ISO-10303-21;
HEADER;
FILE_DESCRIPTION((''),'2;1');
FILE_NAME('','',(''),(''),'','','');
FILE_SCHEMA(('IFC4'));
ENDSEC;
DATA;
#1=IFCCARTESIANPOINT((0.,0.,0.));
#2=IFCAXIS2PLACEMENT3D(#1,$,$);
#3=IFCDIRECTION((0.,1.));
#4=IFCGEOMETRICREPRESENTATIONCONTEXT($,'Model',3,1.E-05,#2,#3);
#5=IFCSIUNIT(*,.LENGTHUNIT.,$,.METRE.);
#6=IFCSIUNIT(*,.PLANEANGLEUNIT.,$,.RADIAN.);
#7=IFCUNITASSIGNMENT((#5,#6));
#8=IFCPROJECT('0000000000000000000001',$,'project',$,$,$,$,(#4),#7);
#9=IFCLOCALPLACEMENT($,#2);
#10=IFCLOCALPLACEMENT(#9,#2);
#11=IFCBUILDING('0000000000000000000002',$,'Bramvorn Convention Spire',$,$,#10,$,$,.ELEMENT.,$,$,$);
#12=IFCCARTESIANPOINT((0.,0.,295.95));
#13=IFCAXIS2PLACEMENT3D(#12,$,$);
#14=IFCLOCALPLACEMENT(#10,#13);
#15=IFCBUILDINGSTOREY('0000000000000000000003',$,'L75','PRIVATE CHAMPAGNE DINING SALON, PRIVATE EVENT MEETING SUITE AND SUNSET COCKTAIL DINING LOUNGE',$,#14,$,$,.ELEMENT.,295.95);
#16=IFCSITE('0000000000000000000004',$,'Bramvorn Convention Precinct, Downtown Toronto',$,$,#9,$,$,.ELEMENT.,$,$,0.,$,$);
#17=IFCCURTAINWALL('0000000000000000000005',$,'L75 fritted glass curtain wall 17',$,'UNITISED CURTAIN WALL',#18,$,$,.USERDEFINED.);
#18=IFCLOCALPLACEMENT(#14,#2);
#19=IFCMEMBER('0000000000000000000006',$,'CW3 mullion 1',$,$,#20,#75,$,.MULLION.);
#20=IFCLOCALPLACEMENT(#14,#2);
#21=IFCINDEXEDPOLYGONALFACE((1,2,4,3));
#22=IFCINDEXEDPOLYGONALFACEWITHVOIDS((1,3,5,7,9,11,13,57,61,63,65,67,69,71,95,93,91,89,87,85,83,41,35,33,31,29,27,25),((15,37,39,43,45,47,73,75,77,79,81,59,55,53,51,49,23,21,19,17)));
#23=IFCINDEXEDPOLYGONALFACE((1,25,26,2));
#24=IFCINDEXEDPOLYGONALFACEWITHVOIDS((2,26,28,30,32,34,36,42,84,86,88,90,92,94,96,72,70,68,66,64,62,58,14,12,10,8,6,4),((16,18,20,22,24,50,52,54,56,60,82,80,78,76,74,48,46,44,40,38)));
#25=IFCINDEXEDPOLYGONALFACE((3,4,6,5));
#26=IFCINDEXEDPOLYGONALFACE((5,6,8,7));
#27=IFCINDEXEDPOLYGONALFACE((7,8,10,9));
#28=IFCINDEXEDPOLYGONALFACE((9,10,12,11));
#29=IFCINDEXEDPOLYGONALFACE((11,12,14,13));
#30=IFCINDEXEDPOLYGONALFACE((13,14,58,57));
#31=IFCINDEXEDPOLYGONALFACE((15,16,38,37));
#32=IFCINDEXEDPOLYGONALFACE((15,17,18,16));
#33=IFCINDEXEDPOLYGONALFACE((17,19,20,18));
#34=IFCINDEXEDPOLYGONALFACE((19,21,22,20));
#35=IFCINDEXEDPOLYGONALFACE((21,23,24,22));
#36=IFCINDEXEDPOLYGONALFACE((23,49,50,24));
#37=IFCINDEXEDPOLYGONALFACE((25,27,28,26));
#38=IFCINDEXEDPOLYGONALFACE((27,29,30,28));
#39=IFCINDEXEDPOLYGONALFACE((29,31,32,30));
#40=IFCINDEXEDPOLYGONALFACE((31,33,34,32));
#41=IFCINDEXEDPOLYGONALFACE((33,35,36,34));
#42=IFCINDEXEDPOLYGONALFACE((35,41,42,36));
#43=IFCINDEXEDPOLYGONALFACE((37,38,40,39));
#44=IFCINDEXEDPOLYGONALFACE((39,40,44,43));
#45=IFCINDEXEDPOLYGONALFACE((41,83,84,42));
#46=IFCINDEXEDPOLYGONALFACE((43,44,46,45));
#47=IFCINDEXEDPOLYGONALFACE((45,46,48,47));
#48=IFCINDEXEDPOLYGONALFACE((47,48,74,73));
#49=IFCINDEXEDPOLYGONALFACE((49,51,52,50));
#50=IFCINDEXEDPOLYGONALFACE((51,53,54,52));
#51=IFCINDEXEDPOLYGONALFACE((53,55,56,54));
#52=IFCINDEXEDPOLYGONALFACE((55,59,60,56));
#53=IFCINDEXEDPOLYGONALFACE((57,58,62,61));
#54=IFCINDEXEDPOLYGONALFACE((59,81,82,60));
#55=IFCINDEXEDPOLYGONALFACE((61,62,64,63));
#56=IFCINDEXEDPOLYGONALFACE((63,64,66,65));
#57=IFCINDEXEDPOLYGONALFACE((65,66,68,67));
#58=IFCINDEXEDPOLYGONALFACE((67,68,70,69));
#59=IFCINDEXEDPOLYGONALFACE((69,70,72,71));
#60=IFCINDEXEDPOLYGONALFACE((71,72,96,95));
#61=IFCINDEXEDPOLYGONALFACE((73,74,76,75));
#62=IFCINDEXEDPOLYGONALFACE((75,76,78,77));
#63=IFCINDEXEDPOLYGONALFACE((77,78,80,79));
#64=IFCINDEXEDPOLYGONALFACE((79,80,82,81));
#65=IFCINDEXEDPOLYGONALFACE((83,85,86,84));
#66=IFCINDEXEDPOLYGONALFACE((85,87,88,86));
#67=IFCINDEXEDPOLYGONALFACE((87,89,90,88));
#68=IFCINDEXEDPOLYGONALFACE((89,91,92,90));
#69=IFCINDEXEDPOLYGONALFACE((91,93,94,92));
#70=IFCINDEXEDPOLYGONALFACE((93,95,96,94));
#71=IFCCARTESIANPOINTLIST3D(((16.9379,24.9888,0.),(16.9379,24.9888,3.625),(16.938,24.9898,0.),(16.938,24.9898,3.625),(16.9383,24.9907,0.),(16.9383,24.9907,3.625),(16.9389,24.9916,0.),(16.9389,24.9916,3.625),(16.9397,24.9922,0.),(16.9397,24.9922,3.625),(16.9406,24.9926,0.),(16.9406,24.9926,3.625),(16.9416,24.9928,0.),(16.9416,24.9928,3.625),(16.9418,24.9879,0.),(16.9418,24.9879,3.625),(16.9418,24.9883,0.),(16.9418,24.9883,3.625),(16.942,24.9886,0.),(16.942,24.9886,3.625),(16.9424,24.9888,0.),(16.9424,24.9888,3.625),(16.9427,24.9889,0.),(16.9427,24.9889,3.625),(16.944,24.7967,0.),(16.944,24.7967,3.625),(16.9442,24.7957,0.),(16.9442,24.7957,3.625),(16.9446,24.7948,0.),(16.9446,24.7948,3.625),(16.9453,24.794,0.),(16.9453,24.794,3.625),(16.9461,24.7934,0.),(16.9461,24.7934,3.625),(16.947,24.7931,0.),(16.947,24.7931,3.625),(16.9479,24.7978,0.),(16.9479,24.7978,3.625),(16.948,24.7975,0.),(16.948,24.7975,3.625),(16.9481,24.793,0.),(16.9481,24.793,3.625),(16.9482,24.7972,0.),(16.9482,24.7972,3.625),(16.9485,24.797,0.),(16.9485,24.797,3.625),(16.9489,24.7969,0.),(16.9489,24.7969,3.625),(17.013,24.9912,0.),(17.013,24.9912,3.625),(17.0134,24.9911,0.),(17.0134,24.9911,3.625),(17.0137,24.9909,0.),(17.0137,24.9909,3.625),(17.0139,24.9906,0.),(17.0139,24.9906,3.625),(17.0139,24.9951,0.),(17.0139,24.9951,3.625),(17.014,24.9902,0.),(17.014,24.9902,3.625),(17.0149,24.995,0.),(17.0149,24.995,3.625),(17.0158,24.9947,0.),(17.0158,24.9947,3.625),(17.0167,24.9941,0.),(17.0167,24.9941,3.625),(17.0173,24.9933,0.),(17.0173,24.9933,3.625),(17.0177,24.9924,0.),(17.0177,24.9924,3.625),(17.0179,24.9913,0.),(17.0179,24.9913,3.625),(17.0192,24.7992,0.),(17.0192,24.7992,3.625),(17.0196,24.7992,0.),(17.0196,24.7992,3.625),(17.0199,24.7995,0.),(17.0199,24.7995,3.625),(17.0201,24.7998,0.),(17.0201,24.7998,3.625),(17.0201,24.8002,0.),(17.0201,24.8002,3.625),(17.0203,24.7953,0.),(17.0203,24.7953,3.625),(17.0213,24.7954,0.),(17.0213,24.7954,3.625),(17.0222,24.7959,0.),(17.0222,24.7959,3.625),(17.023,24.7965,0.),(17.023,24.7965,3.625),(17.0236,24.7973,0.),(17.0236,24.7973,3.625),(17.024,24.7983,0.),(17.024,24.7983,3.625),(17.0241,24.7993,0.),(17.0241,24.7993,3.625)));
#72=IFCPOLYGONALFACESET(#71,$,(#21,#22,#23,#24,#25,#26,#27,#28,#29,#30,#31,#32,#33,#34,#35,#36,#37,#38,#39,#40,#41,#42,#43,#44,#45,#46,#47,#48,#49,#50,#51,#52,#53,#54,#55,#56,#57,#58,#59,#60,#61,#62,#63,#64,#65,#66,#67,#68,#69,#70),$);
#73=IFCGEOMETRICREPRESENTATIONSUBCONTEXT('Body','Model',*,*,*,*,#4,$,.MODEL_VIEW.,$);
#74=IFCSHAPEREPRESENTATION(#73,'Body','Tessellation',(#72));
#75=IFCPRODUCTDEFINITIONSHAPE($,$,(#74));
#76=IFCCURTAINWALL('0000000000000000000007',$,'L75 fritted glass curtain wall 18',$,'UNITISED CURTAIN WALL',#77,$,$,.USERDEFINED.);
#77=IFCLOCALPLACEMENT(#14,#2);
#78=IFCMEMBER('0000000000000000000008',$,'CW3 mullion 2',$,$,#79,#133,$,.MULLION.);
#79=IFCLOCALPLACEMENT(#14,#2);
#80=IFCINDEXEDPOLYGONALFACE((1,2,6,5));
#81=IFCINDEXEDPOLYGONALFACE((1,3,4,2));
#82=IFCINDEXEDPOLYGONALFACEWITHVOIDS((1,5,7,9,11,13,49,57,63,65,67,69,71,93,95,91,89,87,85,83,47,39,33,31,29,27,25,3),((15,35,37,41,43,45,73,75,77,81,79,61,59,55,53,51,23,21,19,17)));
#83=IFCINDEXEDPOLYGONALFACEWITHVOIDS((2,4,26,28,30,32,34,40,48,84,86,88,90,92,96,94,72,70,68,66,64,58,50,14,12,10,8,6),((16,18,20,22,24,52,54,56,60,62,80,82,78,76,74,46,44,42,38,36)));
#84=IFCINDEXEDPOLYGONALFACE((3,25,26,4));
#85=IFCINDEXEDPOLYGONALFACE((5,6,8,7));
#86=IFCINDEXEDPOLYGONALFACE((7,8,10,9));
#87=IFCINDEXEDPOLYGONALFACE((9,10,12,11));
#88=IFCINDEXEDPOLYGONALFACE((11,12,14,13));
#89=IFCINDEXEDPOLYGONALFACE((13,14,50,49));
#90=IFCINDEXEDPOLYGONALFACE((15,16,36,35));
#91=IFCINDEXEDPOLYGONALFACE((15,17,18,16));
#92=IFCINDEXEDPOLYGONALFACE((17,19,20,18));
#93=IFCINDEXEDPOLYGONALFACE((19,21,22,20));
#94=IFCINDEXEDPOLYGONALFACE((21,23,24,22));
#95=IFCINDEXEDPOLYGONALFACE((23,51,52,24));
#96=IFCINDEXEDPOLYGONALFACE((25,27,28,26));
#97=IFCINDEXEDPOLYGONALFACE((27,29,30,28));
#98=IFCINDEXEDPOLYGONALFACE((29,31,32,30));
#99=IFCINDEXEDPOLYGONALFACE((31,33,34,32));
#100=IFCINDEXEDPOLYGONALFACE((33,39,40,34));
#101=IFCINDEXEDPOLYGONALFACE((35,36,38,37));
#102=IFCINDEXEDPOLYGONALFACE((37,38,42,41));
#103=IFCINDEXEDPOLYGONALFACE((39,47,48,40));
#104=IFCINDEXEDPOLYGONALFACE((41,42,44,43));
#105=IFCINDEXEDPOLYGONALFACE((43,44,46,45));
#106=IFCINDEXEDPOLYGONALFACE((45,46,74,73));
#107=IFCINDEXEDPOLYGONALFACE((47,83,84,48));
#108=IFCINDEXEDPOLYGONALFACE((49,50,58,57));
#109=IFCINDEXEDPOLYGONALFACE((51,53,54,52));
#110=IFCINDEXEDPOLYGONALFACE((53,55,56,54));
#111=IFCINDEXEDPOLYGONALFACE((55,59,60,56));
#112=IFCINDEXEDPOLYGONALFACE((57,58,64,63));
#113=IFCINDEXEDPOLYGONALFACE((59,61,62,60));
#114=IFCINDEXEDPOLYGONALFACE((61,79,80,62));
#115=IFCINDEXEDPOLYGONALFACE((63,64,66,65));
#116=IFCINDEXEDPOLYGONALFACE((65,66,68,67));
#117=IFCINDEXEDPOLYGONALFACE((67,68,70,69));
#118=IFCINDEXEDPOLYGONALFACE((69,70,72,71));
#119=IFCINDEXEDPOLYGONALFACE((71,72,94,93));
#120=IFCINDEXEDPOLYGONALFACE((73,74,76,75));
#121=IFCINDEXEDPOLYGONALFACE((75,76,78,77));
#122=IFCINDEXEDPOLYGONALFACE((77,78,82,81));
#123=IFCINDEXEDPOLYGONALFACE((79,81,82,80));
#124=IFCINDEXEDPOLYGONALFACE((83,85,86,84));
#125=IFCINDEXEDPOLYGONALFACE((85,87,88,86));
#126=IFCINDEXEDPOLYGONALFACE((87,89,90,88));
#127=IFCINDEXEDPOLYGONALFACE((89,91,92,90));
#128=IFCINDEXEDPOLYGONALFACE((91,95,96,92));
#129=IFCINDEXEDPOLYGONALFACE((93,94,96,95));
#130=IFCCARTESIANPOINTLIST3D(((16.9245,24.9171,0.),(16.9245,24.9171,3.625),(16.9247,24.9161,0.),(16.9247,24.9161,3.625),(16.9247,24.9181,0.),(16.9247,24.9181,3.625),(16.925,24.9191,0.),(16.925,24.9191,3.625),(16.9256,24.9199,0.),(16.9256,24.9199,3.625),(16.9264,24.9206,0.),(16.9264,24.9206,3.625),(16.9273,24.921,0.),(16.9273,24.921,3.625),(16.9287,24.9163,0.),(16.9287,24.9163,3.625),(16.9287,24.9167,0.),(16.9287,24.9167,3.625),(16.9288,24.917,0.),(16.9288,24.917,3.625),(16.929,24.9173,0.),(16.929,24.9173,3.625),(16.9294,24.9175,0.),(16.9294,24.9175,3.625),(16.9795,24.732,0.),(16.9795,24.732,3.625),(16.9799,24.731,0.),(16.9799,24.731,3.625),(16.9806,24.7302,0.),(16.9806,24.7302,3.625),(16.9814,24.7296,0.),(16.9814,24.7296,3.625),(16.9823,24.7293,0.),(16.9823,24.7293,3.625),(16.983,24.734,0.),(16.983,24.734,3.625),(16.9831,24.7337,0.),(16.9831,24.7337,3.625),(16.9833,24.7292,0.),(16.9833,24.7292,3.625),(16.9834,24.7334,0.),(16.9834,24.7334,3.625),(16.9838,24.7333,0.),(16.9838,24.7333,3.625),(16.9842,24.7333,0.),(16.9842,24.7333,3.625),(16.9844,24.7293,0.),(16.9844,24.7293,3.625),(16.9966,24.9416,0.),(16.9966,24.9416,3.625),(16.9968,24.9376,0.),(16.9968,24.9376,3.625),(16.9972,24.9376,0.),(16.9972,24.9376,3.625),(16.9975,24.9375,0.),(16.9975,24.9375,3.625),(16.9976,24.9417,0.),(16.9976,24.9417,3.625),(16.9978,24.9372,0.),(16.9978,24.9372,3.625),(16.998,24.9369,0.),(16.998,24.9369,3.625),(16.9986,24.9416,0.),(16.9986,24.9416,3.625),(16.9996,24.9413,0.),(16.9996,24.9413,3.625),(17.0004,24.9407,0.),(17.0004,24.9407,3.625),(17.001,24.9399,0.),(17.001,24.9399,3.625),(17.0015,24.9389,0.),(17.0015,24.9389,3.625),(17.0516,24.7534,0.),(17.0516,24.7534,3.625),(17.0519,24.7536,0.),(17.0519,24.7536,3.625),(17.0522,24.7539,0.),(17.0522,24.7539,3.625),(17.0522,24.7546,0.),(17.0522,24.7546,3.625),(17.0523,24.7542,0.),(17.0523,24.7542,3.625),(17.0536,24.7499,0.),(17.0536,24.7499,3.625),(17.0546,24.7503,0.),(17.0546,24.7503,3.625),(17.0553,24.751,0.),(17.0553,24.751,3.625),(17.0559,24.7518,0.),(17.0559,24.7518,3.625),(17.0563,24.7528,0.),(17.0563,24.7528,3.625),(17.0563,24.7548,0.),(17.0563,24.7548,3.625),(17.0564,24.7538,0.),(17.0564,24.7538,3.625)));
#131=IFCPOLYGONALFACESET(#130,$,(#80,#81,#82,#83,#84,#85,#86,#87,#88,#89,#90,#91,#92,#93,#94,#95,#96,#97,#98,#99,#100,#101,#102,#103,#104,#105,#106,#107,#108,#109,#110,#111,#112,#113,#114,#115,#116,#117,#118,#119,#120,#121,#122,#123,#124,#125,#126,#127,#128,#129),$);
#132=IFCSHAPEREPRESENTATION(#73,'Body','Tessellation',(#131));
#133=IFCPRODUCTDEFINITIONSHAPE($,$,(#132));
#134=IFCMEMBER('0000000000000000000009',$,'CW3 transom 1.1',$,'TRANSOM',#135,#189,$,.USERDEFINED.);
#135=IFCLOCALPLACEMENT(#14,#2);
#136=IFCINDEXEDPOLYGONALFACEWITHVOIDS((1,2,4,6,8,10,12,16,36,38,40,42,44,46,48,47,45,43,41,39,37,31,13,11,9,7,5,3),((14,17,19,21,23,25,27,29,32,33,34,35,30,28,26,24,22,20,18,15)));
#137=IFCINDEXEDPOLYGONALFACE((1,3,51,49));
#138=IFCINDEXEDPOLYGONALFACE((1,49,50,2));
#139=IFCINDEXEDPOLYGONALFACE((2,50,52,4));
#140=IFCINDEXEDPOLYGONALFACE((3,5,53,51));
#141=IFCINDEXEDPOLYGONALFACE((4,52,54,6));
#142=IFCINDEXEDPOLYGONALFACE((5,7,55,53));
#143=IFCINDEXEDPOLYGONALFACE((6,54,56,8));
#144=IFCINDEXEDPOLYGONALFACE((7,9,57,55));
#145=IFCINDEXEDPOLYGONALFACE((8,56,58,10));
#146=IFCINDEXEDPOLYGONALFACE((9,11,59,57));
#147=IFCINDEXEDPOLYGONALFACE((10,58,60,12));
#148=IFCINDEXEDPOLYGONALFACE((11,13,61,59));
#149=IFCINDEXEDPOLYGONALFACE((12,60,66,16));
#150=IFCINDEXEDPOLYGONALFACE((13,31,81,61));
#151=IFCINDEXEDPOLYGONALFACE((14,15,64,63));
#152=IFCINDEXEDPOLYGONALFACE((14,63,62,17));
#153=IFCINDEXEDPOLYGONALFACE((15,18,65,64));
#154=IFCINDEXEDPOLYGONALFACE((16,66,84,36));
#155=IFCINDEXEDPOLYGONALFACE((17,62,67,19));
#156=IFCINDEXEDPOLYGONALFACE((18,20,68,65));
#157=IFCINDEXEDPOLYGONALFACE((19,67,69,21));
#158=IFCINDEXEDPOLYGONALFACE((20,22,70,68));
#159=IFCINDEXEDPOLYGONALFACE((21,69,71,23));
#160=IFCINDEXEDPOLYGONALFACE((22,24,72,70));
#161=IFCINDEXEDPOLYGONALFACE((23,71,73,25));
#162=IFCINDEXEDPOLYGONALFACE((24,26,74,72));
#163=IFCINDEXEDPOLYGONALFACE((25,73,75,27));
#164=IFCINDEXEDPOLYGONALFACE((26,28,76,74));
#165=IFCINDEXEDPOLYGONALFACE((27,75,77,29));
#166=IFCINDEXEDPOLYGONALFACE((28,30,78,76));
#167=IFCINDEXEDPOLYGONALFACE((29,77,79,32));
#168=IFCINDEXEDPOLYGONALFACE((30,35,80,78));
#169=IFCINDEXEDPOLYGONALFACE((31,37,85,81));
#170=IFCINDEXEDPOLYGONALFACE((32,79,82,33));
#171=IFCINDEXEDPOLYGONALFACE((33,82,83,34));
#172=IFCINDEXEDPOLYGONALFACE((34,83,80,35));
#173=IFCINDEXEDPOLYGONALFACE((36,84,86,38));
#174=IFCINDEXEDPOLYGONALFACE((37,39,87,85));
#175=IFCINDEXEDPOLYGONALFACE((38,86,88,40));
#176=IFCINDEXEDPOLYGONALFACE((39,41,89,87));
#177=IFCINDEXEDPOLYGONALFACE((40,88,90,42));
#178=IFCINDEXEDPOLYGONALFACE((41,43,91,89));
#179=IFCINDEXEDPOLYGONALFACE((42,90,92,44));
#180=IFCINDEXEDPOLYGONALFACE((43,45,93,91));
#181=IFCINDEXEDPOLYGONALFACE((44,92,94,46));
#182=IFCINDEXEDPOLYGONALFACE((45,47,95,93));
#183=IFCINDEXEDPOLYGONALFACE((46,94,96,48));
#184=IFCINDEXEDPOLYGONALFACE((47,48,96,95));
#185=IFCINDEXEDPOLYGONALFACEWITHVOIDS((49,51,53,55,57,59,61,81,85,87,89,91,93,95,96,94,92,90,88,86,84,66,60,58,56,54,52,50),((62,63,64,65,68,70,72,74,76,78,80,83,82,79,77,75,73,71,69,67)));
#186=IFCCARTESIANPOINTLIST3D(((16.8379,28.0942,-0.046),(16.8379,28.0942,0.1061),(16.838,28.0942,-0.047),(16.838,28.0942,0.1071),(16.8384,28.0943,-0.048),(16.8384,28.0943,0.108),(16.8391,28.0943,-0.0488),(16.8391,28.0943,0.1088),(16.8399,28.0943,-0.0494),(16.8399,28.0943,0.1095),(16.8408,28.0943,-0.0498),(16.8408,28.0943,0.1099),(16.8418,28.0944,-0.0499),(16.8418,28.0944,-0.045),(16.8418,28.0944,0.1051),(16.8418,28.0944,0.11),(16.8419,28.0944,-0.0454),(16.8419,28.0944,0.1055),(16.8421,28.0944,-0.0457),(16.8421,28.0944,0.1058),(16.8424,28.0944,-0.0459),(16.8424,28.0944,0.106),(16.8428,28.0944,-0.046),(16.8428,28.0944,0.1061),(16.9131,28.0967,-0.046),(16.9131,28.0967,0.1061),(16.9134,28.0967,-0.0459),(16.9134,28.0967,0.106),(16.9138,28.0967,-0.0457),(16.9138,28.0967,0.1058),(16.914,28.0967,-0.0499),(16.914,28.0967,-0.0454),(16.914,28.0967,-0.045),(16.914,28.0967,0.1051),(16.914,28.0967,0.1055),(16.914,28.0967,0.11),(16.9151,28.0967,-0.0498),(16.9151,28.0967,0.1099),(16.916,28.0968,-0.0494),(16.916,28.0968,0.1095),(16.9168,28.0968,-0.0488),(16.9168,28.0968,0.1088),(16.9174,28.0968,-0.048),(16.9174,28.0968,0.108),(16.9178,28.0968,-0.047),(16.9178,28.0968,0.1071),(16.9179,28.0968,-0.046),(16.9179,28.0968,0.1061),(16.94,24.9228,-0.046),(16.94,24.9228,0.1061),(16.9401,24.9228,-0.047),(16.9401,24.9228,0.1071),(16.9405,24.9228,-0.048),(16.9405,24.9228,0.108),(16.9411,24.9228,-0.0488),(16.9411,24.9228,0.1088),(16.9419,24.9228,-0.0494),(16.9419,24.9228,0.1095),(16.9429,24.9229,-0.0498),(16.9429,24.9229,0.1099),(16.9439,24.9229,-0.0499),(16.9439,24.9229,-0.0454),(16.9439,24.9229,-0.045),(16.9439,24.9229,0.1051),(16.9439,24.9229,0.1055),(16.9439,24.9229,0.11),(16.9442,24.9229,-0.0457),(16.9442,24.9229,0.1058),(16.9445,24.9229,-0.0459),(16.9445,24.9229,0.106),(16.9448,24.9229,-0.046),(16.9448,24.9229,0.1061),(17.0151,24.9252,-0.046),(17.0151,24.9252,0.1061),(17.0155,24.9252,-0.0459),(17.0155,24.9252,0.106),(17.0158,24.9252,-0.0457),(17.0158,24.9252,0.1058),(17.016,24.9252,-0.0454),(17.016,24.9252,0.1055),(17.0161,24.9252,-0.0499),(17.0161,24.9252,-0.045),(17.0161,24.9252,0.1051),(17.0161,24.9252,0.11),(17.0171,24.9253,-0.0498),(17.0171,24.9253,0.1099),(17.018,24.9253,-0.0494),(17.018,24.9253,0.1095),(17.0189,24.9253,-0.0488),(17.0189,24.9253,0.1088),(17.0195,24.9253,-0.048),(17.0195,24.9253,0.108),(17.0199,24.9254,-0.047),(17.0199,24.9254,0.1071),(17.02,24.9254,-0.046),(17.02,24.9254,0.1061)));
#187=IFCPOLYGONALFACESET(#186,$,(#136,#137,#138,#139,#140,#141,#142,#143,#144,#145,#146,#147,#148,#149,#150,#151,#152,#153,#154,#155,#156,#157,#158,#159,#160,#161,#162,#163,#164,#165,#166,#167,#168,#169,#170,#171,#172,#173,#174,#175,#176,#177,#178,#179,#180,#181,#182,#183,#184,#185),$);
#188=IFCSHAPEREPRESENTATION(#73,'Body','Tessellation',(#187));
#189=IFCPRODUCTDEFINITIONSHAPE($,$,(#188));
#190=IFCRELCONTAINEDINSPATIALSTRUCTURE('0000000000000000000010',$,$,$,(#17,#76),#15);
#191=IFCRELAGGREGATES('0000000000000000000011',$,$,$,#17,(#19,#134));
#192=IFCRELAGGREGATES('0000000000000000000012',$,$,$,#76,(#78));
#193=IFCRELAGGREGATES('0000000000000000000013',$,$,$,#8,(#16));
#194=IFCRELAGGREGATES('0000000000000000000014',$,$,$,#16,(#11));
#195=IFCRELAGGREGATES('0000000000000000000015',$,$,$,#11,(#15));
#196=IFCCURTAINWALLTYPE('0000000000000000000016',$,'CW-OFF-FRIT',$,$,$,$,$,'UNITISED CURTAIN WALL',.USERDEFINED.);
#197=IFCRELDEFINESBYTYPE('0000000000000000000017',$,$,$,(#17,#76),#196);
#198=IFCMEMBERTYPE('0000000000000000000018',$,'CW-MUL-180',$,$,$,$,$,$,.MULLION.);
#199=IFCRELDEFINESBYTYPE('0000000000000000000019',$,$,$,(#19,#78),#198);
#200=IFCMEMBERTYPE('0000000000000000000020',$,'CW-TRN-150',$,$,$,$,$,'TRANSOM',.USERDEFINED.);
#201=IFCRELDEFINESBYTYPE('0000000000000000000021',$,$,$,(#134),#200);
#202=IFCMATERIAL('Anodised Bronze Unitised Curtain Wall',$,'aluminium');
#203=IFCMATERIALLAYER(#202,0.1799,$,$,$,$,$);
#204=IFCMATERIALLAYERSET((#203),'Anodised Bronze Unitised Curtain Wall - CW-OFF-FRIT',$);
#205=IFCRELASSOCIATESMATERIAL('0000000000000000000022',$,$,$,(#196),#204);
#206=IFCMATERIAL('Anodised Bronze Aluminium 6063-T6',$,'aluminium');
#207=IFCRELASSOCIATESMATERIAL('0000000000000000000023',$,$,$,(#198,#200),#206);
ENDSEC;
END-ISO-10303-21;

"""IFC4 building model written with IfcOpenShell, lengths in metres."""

from ifc_helpers import new_model, si_unit, direction, frame, origin, origin_2d, place, context, subcontext, project, spatial, hollow_rectangle, extrude, material, layer, layer_set, material_profile, profile_set, type_object, element, aggregate, save


model = new_model("IFC4")

# Units and contexts
model_context = context("Model", 3, precision=1e-05, world=origin(), true_north=direction((0.0, 1.0)))
body_context = subcontext(model_context, "Body", "Model", "MODEL_VIEW")
ifc_project = project(units=[si_unit("LENGTHUNIT", "METRE"), si_unit("PLANEANGLEUNIT", "RADIAN")], contexts=[model_context])

# Site, building, storey
site_placement = place(None, origin())
site = spatial("IfcSite", under=ifc_project, at=site_placement, Name="Bramvorn Convention Precinct, Downtown Toronto", CompositionType="ELEMENT", RefElevation=0.0)
building_placement = place(site_placement, origin())
building = spatial("IfcBuilding", under=site, at=building_placement, Name="Bramvorn Convention Spire", CompositionType="ELEMENT")
storey_placement = place(building_placement, frame((0.0, 0.0, 295.95)))
storey = spatial("IfcBuildingStorey", under=building, at=storey_placement, Name="L75", Description="PRIVATE CHAMPAGNE DINING SALON, PRIVATE EVENT MEETING SUITE AND SUNSET COCKTAIL DINING LOUNGE", CompositionType="ELEMENT", Elevation=295.95)

# Curtain walls, members
ifc_material_1 = material(Name="Anodised Bronze Unitised Curtain Wall", Category="aluminium")
ifc_layer_1 = layer(ifc_material_1, 0.1799)
ifc_layer_set_1 = layer_set([ifc_layer_1], Name="Anodised Bronze Unitised Curtain Wall - CW-OFF-FRIT")
curtain_wall_type = type_object("IfcCurtainWallType", Name="CW-OFF-FRIT", ElementType="UNITISED CURTAIN WALL", PredefinedType="USERDEFINED", material=ifc_layer_set_1)
curtain_wall_1_placement = place(storey_placement, origin())
curtain_wall_1 = element("IfcCurtainWall", 1, at=curtain_wall_1_placement, inside=storey, type_object=curtain_wall_type, Name="L75 fritted glass curtain wall 17", ObjectType="UNITISED CURTAIN WALL", PredefinedType="USERDEFINED")
ifc_material_2 = material(Name="Anodised Bronze Aluminium 6063-T6", Category="aluminium")
ifc_material_profile_1 = material_profile(ifc_material_2, hollow_rectangle(XDim=0.0801, YDim=0.2, WallThickness=0.0039, InnerFilletRadius=0.001, OuterFilletRadius=0.0039, at=origin_2d()))
ifc_profile_set_1 = profile_set([ifc_material_profile_1], Name="Anodised Bronze Aluminium 6063-T6 - CWM80X200")
member_type_1 = type_object("IfcMemberType", Name="CW-MUL-180", PredefinedType="MULLION", material=ifc_profile_set_1)
member_1_placement = place(storey_placement, frame((16.981, 24.894, 0.0), z_axis=(0.0, 0.0, 1.0), x_axis=(-0.999483, -0.032147, 0.0)))
member_1 = element("IfcMember", 2, at=member_1_placement, type_object=member_type_1, Name="CW3 mullion 1", PredefinedType="MULLION", context=body_context, shape_type="SweptSolid", body=[
    extrude(hollow_rectangle(XDim=0.0801, YDim=0.2, WallThickness=0.0039, InnerFilletRadius=0.001, OuterFilletRadius=0.0039, at=origin_2d()), origin(), (0.0, 0.0, 1.0), 3.625),
])
curtain_wall_2_placement = place(storey_placement, origin())
curtain_wall_2 = element("IfcCurtainWall", 3, at=curtain_wall_2_placement, inside=storey, type_object=curtain_wall_type, Name="L75 fritted glass curtain wall 18", ObjectType="UNITISED CURTAIN WALL", PredefinedType="USERDEFINED")
member_2_placement = place(storey_placement, frame((16.9905, 24.8354, 0.0), z_axis=(0.0, 0.0, 1.0), x_axis=(-0.958477, -0.285168, 0.0)))
member_2 = element("IfcMember", 4, at=member_2_placement, type_object=member_type_1, Name="CW3 mullion 2", PredefinedType="MULLION", context=body_context, shape_type="SweptSolid", body=[
    extrude(hollow_rectangle(XDim=0.0801, YDim=0.2, WallThickness=0.0039, InnerFilletRadius=0.001, OuterFilletRadius=0.0039, at=origin_2d()), origin(), (0.0, 0.0, 1.0), 3.625),
])

# Member
ifc_material_profile_2 = material_profile(ifc_material_2, hollow_rectangle(XDim=0.0801, YDim=0.1599, WallThickness=0.0039, InnerFilletRadius=0.001, OuterFilletRadius=0.0039, at=origin_2d()))
ifc_profile_set_2 = profile_set([ifc_material_profile_2], Name="Anodised Bronze Aluminium 6063-T6 - CWT80X160")
member_type_2 = type_object("IfcMemberType", Name="CW-TRN-150", ElementType="TRANSOM", PredefinedType="USERDEFINED", material=ifc_profile_set_2)
member_3_placement = place(storey_placement, frame((16.98, 24.9241, 0.03), z_axis=(-0.032162, 0.999483, 0.0), x_axis=(-0.999483, -0.032162, 0.0)))
member_3 = element("IfcMember", 5, at=member_3_placement, type_object=member_type_2, Name="CW3 transom 1.1", ObjectType="TRANSOM", PredefinedType="USERDEFINED", context=body_context, shape_type="SweptSolid", body=[
    extrude(hollow_rectangle(XDim=0.0801, YDim=0.1599, WallThickness=0.0039, InnerFilletRadius=0.001, OuterFilletRadius=0.0039, at=origin_2d()), origin(), (0.0, 0.0, 1.0), 3.1731),
])
aggregate(curtain_wall_1, [member_1, member_3])

aggregate(curtain_wall_2, [member_2])

save(model, "model.ifc")
